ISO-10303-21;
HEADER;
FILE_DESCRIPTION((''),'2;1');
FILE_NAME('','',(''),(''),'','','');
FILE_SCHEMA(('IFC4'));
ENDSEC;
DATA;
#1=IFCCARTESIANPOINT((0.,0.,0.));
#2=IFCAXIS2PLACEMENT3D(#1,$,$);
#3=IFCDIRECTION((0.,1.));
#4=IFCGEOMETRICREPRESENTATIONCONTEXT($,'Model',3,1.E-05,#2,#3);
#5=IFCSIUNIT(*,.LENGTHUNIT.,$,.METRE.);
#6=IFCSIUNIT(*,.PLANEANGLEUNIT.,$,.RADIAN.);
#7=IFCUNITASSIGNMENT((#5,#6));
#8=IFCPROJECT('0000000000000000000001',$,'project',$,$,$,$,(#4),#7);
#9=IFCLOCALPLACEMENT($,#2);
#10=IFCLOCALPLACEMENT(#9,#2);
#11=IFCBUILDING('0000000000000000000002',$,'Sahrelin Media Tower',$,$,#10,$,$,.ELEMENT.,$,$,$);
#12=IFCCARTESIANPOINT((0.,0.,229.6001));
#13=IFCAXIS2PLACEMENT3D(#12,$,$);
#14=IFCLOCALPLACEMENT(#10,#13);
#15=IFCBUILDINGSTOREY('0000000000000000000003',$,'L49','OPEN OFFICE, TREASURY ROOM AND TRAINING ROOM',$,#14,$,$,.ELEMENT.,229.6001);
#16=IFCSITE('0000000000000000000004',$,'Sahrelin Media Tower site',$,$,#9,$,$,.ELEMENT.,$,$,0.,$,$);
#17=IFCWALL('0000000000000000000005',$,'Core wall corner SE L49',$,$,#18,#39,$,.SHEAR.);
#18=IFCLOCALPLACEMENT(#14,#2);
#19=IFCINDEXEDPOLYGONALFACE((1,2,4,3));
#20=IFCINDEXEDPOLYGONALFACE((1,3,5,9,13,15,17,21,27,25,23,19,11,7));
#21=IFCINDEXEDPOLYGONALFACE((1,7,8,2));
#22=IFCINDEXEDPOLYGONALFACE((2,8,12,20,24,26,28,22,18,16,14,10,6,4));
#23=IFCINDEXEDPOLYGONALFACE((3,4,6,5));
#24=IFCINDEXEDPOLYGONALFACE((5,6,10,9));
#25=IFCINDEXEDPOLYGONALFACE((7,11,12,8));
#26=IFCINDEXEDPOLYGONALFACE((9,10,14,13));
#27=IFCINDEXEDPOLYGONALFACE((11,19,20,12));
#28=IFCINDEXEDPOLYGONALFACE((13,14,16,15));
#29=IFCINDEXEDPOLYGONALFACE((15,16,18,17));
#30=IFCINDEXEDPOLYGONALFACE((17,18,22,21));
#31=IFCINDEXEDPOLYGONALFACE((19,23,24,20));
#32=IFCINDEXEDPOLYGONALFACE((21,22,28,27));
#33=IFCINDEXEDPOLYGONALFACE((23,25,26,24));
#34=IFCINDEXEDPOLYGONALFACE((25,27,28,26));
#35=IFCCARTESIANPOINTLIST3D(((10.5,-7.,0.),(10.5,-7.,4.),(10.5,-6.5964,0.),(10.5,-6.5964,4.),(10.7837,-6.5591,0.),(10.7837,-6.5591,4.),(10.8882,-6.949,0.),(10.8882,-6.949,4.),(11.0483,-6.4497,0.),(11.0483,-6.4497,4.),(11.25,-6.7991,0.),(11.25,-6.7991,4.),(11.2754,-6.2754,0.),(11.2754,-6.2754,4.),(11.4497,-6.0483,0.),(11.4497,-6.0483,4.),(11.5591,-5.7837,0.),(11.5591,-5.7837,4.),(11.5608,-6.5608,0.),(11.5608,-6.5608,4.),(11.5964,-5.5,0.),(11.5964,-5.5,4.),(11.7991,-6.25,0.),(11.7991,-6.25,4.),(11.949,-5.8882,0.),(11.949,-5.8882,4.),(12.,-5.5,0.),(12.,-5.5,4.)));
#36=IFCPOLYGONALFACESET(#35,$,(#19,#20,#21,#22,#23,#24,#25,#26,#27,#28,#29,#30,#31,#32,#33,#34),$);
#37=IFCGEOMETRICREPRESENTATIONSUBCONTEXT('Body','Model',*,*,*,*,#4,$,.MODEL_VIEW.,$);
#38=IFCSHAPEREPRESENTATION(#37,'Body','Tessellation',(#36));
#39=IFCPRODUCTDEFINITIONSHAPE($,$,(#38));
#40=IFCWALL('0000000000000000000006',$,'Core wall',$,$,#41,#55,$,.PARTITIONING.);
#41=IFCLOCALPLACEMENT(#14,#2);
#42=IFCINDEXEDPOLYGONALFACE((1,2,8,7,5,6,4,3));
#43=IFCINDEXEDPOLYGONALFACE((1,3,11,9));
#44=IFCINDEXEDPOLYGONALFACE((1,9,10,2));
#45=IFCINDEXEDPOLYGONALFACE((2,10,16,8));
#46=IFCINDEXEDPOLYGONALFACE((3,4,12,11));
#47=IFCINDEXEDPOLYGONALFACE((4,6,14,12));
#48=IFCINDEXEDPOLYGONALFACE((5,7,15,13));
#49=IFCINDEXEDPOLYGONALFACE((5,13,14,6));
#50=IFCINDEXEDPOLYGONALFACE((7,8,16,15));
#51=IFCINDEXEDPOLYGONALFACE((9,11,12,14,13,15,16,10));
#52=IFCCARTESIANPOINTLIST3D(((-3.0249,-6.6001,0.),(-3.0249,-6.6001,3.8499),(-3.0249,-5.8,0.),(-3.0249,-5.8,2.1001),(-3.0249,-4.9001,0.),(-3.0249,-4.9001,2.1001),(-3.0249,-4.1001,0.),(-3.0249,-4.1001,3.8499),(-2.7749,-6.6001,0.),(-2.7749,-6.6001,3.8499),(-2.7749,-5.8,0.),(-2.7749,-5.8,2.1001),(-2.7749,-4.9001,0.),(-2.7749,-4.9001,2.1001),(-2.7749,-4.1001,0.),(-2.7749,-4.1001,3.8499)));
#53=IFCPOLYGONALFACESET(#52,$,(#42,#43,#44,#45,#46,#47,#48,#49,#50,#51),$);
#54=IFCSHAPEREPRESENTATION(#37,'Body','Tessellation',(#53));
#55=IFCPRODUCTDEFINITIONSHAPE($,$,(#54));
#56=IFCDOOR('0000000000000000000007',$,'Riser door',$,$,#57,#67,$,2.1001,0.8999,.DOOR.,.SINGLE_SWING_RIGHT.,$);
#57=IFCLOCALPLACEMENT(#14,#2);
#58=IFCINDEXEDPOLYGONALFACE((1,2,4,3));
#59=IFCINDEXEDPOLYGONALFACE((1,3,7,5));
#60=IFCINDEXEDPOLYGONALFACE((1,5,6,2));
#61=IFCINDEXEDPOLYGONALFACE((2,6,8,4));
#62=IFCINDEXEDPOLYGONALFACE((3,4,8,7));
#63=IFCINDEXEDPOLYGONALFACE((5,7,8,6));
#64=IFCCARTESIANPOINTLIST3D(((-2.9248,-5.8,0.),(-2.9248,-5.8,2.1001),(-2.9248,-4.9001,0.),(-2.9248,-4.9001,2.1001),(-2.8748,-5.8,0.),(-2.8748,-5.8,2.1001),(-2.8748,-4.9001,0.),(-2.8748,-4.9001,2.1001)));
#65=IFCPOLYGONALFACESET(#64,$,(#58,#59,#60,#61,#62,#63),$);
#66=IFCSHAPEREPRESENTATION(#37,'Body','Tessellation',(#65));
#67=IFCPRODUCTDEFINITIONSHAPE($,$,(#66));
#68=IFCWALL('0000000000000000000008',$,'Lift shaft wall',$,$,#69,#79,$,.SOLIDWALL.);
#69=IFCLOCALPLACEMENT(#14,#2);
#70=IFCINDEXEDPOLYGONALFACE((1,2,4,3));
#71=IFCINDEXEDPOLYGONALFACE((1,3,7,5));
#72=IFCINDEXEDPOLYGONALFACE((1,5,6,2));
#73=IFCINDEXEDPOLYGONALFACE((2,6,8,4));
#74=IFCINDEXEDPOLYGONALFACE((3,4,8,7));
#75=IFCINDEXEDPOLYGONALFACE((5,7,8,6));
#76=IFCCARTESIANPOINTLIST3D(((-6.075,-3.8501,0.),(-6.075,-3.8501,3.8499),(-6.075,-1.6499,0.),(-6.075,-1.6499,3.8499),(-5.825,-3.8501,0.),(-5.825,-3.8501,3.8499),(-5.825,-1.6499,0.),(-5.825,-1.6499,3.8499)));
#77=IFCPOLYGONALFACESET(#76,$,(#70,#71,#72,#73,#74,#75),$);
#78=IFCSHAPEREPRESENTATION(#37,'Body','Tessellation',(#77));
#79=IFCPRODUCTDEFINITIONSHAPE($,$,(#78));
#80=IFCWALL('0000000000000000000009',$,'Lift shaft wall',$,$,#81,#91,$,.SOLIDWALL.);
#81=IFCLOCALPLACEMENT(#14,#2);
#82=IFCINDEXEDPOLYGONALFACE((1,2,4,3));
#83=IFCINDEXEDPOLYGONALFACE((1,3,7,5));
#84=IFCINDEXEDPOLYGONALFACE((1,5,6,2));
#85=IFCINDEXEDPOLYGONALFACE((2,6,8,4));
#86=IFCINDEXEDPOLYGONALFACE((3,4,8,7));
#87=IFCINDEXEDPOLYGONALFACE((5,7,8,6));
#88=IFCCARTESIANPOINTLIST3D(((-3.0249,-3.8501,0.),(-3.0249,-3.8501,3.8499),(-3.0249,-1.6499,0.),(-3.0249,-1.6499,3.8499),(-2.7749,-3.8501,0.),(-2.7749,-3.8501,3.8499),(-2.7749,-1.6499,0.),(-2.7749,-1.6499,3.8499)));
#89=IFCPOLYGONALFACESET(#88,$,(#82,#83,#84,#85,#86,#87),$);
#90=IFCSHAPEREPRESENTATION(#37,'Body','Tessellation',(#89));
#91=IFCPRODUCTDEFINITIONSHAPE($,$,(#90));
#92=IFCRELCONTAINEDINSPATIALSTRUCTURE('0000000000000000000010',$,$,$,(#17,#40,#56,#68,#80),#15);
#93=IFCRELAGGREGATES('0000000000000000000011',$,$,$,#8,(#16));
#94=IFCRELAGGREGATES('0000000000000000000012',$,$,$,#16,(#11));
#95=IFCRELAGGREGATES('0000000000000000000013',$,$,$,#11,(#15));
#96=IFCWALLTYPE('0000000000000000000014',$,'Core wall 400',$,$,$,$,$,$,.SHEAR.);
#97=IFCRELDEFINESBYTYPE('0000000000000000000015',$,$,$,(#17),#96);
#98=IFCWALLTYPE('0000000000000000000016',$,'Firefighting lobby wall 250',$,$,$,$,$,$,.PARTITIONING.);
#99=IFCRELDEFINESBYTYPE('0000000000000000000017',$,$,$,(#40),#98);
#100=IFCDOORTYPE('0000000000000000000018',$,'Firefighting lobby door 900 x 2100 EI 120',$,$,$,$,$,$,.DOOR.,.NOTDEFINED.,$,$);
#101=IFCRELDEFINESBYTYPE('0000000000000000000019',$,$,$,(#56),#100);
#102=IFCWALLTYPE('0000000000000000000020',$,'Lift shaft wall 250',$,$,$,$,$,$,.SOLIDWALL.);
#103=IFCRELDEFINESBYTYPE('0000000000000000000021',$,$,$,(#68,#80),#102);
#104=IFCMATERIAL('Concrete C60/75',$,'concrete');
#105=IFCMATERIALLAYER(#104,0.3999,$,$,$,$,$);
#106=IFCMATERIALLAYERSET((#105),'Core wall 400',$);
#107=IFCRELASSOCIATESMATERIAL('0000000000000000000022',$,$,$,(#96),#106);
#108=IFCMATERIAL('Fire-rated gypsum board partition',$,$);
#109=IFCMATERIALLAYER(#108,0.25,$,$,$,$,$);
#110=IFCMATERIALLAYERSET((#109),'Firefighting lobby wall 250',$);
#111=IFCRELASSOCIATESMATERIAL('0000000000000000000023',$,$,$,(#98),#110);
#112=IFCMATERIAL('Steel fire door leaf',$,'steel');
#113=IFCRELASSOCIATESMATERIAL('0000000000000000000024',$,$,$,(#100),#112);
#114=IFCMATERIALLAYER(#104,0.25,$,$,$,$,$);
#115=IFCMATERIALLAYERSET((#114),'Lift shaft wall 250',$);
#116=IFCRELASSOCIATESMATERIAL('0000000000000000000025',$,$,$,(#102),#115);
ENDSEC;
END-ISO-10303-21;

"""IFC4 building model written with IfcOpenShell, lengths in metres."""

from ifc_helpers import new_model, si_unit, direction, frame, frame_2d, origin, place, context, subcontext, project, spatial, polyline, rectangle, outline, extrude, material, layer, layer_set, type_object, element, fill, save


model = new_model("IFC4")

# Units and contexts
model_context = context("Model", 3, precision=1e-05, world=origin(), true_north=direction((0.0, 1.0)))
body_context = subcontext(model_context, "Body", "Model", "MODEL_VIEW")
ifc_project = project(units=[si_unit("LENGTHUNIT", "METRE"), si_unit("PLANEANGLEUNIT", "RADIAN")], contexts=[model_context])

# Site, building, storey
site_placement = place(None, origin())
site = spatial("IfcSite", under=ifc_project, at=site_placement, Name="Sahrelin Media Tower site", CompositionType="ELEMENT", RefElevation=0.0)
building_placement = place(site_placement, origin())
building = spatial("IfcBuilding", under=site, at=building_placement, Name="Sahrelin Media Tower", CompositionType="ELEMENT")
storey_placement = place(building_placement, frame((0.0, 0.0, 229.6001)))
storey = spatial("IfcBuildingStorey", under=building, at=storey_placement, Name="L49", Description="OPEN OFFICE, TREASURY ROOM AND TRAINING ROOM", CompositionType="ELEMENT", Elevation=229.6001)

# Shared definitions
placement = place(storey_placement, origin())

# Wall
ifc_material_1 = material(Name="Concrete C60/75", Category="concrete")
ifc_layer_1 = layer(ifc_material_1, 0.3999)
ifc_layer_set_1 = layer_set([ifc_layer_1], Name="Core wall 400")
wall_type_1 = type_object("IfcWallType", Name="Core wall 400", PredefinedType="SHEAR", material=ifc_layer_set_1)
element("IfcWall", 1, at=placement, inside=storey, type_object=wall_type_1, Name="Core wall corner SE L49", PredefinedType="SHEAR", context=body_context, shape_type="SweptSolid", body=[
    extrude(outline(polyline([(12.0, -5.5), (11.5964, -5.5), (11.5591, -5.7837), (11.4497, -6.0483), (11.2754, -6.2754), (11.0483, -6.4497), (10.7837, -6.5591), (10.5, -6.5964), (10.5, -7.0), (10.8882, -6.949), (11.25, -6.7991), (11.5608, -6.5608), (11.7991, -6.25), (11.949, -5.8882), (12.0, -5.5)])), origin(), (0.0, 0.0, 1.0), 4.0),
])

# Wall, opening, door
ifc_material_2 = material(Name="Fire-rated gypsum board partition")
ifc_layer_2 = layer(ifc_material_2, 0.25)
ifc_layer_set_2 = layer_set([ifc_layer_2], Name="Firefighting lobby wall 250")
wall_type_2 = type_object("IfcWallType", Name="Firefighting lobby wall 250", PredefinedType="PARTITIONING", material=ifc_layer_set_2)
wall_1_placement = place(storey_placement, frame((-2.8999, -6.6001, 0.0), z_axis=(0.0, 0.0, 1.0), x_axis=(0.0, 1.0, 0.0)))
wall_1 = element("IfcWall", 2, at=wall_1_placement, inside=storey, type_object=wall_type_2, Name="Core wall", PredefinedType="PARTITIONING", context=body_context, shape_type="SweptSolid", body=[
    extrude(rectangle(XDim=2.5, YDim=0.25, at=frame_2d((1.25, 0.0))), origin(), (0.0, 0.0, 1.0), 3.8499),
])
opening_placement = place(wall_1_placement, frame((0.8, 0.0, 0.0)))
opening = element("IfcOpeningElement", 3, at=opening_placement, cuts=wall_1, PredefinedType="OPENING", context=body_context, shape_type="SweptSolid", body=[
    extrude(rectangle(XDim=0.8999, YDim=2.1001, at=frame_2d((0.45, 1.05))), frame((0.0, 0.125, 0.0), z_axis=(0.0, -1.0, 0.0), x_axis=(1.0, 0.0, 0.0)), (0.0, 0.0, 1.0), 0.25),
])
ifc_material_3 = material(Name="Steel fire door leaf", Category="steel")
door_type = type_object("IfcDoorType", Name="Firefighting lobby door 900 x 2100 EI 120", OperationType="NOTDEFINED", PredefinedType="DOOR", material=ifc_material_3)
door_placement = place(opening_placement, origin())
door = element("IfcDoor", 4, at=door_placement, inside=storey, type_object=door_type, Name="Riser door", OperationType="SINGLE_SWING_RIGHT", OverallHeight=2.1001, OverallWidth=0.8999, PredefinedType="DOOR", context=body_context, shape_type="SweptSolid", body=[
    extrude(rectangle(XDim=0.8999, YDim=2.1001, at=frame_2d((0.45, 1.05))), frame((0.0, 0.0249, 0.0), z_axis=(0.0, -1.0, 0.0), x_axis=(1.0, 0.0, 0.0)), (0.0, 0.0, 1.0), 0.05),
])
fill(opening, door)

# Walls
ifc_layer_3 = layer(ifc_material_1, 0.25)
ifc_layer_set_3 = layer_set([ifc_layer_3], Name="Lift shaft wall 250")
wall_type_3 = type_object("IfcWallType", Name="Lift shaft wall 250", PredefinedType="SOLIDWALL", material=ifc_layer_set_3)
for number, where, z_axis, x_axis, name in (
    (5, (-5.95, -3.8501, 0.0), (0.0, 0.0, 1.0), (0.0, 1.0, 0.0), "Lift shaft wall"),
    (6, (-2.8999, -3.8501, 0.0), (0.0, 0.0, 1.0), (0.0, 1.0, 0.0), "Lift shaft wall"),
):
    element("IfcWall", number, at=place(storey_placement, frame(where, z_axis=z_axis, x_axis=x_axis)), inside=storey, type_object=wall_type_3, Name=name, PredefinedType="SOLIDWALL", context=body_context, shape_type="SweptSolid", body=[
        extrude(rectangle(XDim=2.2002, YDim=0.25, at=frame_2d((1.1001, 0.0))), origin(), (0.0, 0.0, 1.0), 3.8499),
    ])

save(model, "model.ifc")
